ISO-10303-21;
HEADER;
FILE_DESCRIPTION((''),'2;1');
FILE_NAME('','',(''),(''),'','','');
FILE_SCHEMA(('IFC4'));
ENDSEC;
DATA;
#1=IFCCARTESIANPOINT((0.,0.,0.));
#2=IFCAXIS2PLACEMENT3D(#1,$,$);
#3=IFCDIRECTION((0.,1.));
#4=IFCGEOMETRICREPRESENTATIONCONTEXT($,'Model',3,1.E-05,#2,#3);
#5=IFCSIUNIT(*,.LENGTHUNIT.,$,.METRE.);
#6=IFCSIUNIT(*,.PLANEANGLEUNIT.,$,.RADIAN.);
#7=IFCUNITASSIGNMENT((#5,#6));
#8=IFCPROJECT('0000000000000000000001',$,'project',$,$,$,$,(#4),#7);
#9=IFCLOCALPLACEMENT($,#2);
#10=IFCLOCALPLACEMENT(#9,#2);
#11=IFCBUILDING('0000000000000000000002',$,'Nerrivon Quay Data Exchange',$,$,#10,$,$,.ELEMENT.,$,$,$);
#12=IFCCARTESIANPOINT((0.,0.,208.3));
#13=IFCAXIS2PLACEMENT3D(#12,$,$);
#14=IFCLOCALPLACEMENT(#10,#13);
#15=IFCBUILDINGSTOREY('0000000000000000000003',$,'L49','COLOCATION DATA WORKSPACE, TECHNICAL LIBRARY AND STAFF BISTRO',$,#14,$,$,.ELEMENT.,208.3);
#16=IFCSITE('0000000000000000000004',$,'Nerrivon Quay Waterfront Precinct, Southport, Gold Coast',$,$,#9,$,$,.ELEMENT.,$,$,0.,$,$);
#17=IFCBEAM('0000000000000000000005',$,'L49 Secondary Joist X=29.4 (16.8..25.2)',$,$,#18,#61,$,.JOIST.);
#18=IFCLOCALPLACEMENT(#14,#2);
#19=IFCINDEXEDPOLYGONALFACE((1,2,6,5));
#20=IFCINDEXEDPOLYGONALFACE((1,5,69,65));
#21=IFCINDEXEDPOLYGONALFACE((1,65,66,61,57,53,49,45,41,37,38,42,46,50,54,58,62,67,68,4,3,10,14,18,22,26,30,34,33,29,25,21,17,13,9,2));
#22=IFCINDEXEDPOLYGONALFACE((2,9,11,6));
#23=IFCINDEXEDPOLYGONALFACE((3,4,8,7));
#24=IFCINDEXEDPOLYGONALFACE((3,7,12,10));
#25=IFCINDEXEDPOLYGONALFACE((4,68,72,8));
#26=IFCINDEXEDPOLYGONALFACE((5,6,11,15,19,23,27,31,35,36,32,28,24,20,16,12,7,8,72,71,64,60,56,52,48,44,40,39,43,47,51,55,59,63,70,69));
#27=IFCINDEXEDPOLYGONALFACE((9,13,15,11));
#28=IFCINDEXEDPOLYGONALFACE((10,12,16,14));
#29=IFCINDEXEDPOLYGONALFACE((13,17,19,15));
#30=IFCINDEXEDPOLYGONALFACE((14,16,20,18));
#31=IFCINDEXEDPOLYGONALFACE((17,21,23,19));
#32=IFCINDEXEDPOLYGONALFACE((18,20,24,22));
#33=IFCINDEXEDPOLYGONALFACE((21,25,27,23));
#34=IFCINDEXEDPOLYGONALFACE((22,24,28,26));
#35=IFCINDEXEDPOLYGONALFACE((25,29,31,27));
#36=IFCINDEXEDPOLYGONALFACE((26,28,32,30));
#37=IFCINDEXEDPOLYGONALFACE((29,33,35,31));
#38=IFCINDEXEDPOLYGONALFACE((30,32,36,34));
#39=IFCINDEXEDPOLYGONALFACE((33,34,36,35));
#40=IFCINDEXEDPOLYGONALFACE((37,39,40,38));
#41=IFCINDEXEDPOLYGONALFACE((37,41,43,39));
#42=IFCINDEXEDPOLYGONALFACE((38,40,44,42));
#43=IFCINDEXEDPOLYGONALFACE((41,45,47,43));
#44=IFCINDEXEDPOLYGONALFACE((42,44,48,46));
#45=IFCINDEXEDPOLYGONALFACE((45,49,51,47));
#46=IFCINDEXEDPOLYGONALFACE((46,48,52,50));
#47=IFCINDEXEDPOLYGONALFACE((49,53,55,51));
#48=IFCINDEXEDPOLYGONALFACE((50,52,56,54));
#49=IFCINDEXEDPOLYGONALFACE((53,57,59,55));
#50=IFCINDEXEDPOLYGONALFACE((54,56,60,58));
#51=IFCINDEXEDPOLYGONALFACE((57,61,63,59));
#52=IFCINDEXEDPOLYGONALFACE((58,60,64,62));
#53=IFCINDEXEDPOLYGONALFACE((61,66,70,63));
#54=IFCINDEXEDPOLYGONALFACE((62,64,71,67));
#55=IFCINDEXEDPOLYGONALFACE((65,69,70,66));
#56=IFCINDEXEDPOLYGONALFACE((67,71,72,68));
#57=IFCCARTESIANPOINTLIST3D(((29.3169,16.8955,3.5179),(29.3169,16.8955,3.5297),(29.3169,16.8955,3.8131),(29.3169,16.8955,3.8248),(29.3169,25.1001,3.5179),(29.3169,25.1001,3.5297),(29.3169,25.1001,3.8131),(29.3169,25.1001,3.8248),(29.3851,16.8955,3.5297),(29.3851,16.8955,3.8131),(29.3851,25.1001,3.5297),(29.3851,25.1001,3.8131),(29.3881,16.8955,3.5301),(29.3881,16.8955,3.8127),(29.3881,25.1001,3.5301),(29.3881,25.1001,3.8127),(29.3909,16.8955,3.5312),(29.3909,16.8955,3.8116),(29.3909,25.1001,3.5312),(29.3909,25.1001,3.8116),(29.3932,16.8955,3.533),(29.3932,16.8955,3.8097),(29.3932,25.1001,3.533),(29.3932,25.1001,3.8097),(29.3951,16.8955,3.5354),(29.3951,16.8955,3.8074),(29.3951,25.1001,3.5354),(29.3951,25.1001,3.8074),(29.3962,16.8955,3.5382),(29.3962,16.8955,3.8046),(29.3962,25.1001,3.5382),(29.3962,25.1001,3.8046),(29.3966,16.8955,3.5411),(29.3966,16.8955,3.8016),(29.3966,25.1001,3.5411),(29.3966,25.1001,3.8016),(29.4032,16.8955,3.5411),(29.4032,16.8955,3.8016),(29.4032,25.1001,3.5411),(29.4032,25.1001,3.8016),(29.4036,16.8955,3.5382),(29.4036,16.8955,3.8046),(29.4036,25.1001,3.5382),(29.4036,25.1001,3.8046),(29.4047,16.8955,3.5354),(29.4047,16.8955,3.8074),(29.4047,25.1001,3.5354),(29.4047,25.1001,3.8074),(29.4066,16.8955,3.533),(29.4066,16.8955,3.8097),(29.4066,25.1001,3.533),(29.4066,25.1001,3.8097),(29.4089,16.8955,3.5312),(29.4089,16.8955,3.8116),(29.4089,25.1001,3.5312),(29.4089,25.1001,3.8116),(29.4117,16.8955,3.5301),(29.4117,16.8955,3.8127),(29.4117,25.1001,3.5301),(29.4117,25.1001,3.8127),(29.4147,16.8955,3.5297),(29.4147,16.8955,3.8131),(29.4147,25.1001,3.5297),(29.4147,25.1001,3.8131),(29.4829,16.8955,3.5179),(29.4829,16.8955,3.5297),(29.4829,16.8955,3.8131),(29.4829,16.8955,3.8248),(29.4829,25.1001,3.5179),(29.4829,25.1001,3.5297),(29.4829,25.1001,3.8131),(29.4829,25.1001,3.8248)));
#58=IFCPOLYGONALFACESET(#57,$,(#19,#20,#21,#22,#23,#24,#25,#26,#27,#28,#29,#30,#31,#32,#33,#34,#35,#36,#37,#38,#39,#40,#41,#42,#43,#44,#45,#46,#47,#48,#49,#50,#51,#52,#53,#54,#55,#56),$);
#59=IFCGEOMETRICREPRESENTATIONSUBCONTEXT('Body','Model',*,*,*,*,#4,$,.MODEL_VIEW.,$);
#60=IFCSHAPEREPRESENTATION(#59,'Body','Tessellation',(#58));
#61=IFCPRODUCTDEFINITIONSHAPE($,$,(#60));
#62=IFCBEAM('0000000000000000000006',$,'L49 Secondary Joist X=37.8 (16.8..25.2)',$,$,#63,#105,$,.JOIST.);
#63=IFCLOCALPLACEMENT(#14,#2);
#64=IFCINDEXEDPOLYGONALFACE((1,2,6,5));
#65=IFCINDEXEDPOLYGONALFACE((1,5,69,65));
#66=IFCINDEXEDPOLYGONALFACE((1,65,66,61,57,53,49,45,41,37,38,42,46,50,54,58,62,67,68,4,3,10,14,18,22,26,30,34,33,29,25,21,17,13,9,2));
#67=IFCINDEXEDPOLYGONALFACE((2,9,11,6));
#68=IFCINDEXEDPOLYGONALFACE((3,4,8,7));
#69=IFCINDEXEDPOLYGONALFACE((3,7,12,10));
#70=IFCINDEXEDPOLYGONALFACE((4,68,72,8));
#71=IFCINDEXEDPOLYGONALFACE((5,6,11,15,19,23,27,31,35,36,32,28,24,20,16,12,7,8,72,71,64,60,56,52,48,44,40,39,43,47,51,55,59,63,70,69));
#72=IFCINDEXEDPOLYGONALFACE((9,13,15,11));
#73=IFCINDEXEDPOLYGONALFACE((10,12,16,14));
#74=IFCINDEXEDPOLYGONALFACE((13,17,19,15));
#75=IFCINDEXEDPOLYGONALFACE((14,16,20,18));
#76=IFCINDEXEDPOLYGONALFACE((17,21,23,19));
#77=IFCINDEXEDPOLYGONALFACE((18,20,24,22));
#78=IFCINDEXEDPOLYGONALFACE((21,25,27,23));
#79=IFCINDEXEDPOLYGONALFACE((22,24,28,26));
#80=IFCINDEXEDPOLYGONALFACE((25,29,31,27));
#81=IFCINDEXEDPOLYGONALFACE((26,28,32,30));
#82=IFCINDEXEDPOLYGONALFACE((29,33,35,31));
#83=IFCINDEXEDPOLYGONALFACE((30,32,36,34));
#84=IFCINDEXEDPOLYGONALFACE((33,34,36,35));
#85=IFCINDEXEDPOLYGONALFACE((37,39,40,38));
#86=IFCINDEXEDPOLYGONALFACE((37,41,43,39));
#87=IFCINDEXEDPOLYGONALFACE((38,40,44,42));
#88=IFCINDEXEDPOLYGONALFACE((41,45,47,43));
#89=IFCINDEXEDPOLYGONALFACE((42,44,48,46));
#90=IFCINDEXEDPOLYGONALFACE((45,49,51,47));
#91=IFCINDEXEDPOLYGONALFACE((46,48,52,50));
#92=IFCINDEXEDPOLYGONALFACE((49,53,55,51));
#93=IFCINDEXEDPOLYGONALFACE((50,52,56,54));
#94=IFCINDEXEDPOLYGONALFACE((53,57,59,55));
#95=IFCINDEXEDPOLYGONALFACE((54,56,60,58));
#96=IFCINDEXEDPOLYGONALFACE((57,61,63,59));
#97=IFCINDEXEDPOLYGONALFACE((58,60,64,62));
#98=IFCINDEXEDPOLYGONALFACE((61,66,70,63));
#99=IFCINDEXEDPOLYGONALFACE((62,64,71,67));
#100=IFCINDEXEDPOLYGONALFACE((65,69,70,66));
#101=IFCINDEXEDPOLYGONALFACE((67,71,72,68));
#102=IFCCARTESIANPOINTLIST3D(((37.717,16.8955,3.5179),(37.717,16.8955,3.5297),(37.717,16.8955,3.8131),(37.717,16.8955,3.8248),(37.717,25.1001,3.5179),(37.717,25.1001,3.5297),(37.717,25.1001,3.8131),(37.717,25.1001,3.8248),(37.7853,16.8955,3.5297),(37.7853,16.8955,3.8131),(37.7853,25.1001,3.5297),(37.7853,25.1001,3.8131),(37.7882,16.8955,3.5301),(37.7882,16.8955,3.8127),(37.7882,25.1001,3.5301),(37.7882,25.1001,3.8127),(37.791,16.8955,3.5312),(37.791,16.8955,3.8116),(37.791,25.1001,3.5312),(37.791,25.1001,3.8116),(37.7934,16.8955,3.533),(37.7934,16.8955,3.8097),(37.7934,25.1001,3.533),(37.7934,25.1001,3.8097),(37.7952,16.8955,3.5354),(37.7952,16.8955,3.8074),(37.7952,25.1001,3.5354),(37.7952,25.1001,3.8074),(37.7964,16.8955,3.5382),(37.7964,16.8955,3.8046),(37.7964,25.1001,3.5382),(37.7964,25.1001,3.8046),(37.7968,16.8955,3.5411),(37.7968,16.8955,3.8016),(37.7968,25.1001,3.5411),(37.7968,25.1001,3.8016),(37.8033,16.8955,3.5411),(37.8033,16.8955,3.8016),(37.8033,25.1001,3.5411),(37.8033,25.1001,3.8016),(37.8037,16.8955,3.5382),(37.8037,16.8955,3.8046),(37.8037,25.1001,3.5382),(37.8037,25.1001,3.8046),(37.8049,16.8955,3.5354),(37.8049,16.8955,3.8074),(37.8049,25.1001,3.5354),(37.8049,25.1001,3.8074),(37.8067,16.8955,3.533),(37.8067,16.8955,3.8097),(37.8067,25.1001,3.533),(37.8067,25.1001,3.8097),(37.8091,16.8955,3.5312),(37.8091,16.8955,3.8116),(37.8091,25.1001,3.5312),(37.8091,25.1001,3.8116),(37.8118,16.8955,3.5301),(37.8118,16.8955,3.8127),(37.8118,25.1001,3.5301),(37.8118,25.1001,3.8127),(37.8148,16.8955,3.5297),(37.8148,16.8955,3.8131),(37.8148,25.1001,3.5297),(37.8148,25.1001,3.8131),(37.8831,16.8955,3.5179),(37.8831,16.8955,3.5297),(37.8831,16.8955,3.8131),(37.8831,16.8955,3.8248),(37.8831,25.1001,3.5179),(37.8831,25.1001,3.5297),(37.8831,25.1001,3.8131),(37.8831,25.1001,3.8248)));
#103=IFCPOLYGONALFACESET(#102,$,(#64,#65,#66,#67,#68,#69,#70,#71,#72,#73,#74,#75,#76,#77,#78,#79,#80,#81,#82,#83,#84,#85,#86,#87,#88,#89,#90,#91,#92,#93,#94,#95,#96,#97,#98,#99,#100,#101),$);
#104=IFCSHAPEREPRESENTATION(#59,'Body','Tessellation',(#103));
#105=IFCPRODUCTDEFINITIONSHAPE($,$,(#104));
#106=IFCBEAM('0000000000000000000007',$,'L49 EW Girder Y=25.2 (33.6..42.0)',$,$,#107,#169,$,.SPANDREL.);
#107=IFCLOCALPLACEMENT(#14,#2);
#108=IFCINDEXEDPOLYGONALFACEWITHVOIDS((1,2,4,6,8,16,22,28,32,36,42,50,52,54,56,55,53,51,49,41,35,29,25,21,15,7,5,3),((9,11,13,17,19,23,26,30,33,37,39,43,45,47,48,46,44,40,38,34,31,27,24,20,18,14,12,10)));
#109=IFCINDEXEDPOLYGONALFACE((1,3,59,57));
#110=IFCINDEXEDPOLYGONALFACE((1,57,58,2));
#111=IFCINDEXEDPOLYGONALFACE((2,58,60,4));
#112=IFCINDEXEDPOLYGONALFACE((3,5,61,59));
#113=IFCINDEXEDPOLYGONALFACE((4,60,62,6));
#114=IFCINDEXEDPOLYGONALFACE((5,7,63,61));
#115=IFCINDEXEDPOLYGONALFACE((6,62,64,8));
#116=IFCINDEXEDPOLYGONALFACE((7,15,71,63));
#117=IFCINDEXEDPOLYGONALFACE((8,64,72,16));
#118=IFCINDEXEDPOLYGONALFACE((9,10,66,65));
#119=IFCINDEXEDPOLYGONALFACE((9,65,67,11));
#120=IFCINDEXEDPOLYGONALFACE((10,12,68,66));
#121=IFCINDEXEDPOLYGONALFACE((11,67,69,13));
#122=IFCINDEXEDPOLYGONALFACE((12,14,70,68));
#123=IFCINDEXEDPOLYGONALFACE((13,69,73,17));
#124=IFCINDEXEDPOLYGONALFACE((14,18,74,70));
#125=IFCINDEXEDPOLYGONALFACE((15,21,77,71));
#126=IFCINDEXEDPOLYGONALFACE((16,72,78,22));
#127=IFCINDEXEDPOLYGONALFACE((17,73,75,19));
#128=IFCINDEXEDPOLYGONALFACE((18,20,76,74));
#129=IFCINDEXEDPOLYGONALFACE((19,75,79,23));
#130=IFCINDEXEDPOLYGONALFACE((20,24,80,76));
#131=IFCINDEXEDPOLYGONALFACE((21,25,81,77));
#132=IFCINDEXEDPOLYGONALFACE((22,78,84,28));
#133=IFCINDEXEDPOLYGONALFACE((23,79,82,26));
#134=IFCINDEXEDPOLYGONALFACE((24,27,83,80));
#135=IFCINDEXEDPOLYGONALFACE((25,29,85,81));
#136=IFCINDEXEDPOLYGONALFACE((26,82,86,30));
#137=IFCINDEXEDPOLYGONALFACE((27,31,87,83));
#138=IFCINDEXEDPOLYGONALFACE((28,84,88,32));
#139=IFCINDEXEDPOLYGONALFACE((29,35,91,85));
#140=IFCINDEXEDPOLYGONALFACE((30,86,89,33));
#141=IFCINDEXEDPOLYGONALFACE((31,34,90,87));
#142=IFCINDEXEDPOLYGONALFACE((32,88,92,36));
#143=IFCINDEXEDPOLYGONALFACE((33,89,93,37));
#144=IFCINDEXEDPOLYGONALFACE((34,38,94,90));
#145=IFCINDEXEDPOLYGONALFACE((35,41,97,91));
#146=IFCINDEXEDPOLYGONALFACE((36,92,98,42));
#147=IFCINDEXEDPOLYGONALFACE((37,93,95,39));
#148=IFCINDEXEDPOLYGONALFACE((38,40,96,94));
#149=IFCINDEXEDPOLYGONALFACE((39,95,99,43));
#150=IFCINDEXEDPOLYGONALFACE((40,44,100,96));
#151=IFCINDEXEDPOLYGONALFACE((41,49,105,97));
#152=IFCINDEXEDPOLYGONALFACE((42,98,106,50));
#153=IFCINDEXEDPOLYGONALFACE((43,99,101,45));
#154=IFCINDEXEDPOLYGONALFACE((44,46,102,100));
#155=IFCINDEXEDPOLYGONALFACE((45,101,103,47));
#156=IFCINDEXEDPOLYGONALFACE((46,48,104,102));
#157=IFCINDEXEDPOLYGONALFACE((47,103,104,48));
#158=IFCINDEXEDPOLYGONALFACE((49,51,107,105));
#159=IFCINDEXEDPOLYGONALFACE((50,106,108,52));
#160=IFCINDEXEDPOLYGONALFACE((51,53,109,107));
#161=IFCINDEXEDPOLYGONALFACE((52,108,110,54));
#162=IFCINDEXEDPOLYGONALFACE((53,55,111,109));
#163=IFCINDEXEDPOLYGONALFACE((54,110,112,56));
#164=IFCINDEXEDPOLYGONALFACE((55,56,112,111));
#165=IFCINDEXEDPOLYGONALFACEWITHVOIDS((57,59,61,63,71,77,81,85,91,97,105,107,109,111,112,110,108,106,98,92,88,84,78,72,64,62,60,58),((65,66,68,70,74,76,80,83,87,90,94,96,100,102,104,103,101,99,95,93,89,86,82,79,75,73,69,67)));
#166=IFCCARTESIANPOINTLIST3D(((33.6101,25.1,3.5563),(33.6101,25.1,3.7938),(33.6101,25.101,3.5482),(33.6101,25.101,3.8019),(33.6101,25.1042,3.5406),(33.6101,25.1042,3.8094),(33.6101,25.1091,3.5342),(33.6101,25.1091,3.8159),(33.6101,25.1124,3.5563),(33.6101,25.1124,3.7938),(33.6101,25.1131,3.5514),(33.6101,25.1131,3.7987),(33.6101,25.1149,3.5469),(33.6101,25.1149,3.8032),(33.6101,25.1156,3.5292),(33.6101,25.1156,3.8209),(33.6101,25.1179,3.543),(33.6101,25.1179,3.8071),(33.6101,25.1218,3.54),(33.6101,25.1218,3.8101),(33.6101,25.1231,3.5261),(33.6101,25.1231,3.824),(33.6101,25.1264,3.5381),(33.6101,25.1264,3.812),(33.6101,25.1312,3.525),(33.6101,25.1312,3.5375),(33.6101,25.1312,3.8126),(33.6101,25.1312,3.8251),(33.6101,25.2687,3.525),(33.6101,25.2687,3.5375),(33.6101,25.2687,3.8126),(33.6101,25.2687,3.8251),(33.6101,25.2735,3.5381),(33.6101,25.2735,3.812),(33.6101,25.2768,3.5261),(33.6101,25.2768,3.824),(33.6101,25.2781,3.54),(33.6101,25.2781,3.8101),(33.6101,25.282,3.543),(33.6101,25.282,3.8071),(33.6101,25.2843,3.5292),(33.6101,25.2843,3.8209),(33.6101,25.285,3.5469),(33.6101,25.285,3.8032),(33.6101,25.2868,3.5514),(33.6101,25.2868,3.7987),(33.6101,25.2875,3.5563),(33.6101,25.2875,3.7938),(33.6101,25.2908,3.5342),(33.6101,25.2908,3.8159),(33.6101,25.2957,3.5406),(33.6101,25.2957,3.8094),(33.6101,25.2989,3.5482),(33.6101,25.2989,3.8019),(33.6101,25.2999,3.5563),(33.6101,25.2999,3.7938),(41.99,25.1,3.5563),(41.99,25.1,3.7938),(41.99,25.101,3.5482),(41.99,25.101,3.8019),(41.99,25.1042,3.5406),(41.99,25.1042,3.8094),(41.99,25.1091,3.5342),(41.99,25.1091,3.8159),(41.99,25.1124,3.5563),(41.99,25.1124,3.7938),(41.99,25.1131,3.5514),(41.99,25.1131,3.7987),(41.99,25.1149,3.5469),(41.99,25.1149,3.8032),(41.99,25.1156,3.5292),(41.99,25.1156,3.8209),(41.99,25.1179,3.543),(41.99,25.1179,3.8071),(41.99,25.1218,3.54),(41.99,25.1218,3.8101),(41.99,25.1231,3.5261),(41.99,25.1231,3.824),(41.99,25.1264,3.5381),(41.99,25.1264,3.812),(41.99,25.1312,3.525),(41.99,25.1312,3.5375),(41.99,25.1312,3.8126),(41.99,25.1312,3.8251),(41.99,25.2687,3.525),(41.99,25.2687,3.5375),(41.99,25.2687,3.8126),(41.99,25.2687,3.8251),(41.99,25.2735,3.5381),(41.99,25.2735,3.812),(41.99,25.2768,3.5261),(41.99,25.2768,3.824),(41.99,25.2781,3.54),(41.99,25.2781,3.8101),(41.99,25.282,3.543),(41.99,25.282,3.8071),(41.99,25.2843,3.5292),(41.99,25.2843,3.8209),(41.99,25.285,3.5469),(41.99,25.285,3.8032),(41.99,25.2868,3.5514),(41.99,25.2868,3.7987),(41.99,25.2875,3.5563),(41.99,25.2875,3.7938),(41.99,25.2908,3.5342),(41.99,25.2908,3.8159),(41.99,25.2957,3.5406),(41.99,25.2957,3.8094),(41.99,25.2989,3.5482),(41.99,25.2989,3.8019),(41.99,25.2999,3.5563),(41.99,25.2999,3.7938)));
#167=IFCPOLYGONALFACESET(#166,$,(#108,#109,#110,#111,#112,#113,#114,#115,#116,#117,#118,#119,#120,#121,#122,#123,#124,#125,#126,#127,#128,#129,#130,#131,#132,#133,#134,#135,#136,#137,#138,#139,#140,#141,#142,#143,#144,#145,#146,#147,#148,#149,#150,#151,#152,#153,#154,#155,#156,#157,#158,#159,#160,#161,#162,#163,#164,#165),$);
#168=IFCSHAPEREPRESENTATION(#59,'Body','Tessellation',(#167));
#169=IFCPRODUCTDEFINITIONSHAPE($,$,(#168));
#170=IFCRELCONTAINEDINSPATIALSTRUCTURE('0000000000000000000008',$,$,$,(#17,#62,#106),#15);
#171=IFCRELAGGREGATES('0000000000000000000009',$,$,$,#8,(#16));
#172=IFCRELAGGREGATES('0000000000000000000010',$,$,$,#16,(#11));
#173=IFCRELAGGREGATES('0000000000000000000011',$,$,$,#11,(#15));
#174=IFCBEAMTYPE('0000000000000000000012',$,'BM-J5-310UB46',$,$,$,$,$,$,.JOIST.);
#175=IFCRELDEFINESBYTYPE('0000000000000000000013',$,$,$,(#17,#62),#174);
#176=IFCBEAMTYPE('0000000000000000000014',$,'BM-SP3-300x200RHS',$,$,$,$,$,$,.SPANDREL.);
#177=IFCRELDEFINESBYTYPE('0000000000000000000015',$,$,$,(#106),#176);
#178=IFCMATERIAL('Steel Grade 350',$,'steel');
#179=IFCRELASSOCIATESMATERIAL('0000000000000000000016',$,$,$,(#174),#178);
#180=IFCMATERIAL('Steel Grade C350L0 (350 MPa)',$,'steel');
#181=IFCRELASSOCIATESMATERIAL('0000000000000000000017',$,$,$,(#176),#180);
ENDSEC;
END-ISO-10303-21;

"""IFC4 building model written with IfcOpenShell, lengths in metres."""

from ifc_helpers import new_model, si_unit, direction, frame, origin, origin_2d, place, context, subcontext, project, spatial, hollow_rectangle, i_section, extrude, material, material_profile, profile_set, type_object, element, save


model = new_model("IFC4")

# Units and contexts
model_context = context("Model", 3, precision=1e-05, world=origin(), true_north=direction((0.0, 1.0)))
body_context = subcontext(model_context, "Body", "Model", "MODEL_VIEW")
ifc_project = project(units=[si_unit("LENGTHUNIT", "METRE"), si_unit("PLANEANGLEUNIT", "RADIAN")], contexts=[model_context])

# Site, building, storey
site_placement = place(None, origin())
site = spatial("IfcSite", under=ifc_project, at=site_placement, Name="Nerrivon Quay Waterfront Precinct, Southport, Gold Coast", CompositionType="ELEMENT", RefElevation=0.0)
building_placement = place(site_placement, origin())
building = spatial("IfcBuilding", under=site, at=building_placement, Name="Nerrivon Quay Data Exchange", CompositionType="ELEMENT")
storey_placement = place(building_placement, frame((0.0, 0.0, 208.3)))
storey = spatial("IfcBuildingStorey", under=building, at=storey_placement, Name="L49", Description="COLOCATION DATA WORKSPACE, TECHNICAL LIBRARY AND STAFF BISTRO", CompositionType="ELEMENT", Elevation=208.3)

# Shared definitions
ifc_material_1 = material(Name="Steel Grade 350", Category="steel")

# Beams
ifc_material_profile_1 = material_profile(ifc_material_1, i_section(OverallWidth=0.166, OverallDepth=0.3069, WebThickness=0.0066, FlangeThickness=0.0117, FilletRadius=0.0115, at=origin_2d()), Name="310UB46.2")
ifc_profile_set_1 = profile_set([ifc_material_profile_1], Name="Steel Grade 350")
beam_type_1 = type_object("IfcBeamType", Name="BM-J5-310UB46", PredefinedType="JOIST", material=ifc_profile_set_1)
for number, where, z_axis, x_axis, name in (
    (1, (29.3999, 16.8955, 3.6714), (0.0, 1.0, 0.0), (-1.0, 0.0, 0.0), "L49 Secondary Joist X=29.4 (16.8..25.2)"),
    (2, (37.8, 16.8955, 3.6714), (0.0, 1.0, 0.0), (-1.0, 0.0, 0.0), "L49 Secondary Joist X=37.8 (16.8..25.2)"),
):
    element("IfcBeam", number, at=place(storey_placement, frame(where, z_axis=z_axis, x_axis=x_axis)), inside=storey, type_object=beam_type_1, Name=name, PredefinedType="JOIST", context=body_context, shape_type="SweptSolid", body=[
        extrude(i_section(OverallWidth=0.166, OverallDepth=0.3069, WebThickness=0.0066, FlangeThickness=0.0117, FilletRadius=0.0115, at=origin_2d()), origin(), (0.0, 0.0, 1.0), 8.2046),
    ])
ifc_material_2 = material(Name="Steel Grade C350L0 (350 MPa)", Category="steel")
ifc_material_profile_2 = material_profile(ifc_material_2, hollow_rectangle(XDim=0.2, YDim=0.3, WallThickness=0.0125, InnerFilletRadius=0.0188, OuterFilletRadius=0.0312, at=origin_2d()), Name="300x200x12.5RHS")
ifc_profile_set_2 = profile_set([ifc_material_profile_2], Name="Steel Grade C350L0 (350 MPa)")
beam_type_2 = type_object("IfcBeamType", Name="BM-SP3-300x200RHS", PredefinedType="SPANDREL", material=ifc_profile_set_2)
beam_1_placement = place(storey_placement, frame((33.6101, 25.2, 3.675), z_axis=(1.0, 0.0, 0.0), x_axis=(0.0, 1.0, 0.0)))
element("IfcBeam", 3, at=beam_1_placement, inside=storey, type_object=beam_type_2, Name="L49 EW Girder Y=25.2 (33.6..42.0)", PredefinedType="SPANDREL", context=body_context, shape_type="SweptSolid", body=[
    extrude(hollow_rectangle(XDim=0.2, YDim=0.3, WallThickness=0.0125, InnerFilletRadius=0.0188, OuterFilletRadius=0.0312, at=origin_2d()), origin(), (0.0, 0.0, 1.0), 8.3799),
])

save(model, "model.ifc")
